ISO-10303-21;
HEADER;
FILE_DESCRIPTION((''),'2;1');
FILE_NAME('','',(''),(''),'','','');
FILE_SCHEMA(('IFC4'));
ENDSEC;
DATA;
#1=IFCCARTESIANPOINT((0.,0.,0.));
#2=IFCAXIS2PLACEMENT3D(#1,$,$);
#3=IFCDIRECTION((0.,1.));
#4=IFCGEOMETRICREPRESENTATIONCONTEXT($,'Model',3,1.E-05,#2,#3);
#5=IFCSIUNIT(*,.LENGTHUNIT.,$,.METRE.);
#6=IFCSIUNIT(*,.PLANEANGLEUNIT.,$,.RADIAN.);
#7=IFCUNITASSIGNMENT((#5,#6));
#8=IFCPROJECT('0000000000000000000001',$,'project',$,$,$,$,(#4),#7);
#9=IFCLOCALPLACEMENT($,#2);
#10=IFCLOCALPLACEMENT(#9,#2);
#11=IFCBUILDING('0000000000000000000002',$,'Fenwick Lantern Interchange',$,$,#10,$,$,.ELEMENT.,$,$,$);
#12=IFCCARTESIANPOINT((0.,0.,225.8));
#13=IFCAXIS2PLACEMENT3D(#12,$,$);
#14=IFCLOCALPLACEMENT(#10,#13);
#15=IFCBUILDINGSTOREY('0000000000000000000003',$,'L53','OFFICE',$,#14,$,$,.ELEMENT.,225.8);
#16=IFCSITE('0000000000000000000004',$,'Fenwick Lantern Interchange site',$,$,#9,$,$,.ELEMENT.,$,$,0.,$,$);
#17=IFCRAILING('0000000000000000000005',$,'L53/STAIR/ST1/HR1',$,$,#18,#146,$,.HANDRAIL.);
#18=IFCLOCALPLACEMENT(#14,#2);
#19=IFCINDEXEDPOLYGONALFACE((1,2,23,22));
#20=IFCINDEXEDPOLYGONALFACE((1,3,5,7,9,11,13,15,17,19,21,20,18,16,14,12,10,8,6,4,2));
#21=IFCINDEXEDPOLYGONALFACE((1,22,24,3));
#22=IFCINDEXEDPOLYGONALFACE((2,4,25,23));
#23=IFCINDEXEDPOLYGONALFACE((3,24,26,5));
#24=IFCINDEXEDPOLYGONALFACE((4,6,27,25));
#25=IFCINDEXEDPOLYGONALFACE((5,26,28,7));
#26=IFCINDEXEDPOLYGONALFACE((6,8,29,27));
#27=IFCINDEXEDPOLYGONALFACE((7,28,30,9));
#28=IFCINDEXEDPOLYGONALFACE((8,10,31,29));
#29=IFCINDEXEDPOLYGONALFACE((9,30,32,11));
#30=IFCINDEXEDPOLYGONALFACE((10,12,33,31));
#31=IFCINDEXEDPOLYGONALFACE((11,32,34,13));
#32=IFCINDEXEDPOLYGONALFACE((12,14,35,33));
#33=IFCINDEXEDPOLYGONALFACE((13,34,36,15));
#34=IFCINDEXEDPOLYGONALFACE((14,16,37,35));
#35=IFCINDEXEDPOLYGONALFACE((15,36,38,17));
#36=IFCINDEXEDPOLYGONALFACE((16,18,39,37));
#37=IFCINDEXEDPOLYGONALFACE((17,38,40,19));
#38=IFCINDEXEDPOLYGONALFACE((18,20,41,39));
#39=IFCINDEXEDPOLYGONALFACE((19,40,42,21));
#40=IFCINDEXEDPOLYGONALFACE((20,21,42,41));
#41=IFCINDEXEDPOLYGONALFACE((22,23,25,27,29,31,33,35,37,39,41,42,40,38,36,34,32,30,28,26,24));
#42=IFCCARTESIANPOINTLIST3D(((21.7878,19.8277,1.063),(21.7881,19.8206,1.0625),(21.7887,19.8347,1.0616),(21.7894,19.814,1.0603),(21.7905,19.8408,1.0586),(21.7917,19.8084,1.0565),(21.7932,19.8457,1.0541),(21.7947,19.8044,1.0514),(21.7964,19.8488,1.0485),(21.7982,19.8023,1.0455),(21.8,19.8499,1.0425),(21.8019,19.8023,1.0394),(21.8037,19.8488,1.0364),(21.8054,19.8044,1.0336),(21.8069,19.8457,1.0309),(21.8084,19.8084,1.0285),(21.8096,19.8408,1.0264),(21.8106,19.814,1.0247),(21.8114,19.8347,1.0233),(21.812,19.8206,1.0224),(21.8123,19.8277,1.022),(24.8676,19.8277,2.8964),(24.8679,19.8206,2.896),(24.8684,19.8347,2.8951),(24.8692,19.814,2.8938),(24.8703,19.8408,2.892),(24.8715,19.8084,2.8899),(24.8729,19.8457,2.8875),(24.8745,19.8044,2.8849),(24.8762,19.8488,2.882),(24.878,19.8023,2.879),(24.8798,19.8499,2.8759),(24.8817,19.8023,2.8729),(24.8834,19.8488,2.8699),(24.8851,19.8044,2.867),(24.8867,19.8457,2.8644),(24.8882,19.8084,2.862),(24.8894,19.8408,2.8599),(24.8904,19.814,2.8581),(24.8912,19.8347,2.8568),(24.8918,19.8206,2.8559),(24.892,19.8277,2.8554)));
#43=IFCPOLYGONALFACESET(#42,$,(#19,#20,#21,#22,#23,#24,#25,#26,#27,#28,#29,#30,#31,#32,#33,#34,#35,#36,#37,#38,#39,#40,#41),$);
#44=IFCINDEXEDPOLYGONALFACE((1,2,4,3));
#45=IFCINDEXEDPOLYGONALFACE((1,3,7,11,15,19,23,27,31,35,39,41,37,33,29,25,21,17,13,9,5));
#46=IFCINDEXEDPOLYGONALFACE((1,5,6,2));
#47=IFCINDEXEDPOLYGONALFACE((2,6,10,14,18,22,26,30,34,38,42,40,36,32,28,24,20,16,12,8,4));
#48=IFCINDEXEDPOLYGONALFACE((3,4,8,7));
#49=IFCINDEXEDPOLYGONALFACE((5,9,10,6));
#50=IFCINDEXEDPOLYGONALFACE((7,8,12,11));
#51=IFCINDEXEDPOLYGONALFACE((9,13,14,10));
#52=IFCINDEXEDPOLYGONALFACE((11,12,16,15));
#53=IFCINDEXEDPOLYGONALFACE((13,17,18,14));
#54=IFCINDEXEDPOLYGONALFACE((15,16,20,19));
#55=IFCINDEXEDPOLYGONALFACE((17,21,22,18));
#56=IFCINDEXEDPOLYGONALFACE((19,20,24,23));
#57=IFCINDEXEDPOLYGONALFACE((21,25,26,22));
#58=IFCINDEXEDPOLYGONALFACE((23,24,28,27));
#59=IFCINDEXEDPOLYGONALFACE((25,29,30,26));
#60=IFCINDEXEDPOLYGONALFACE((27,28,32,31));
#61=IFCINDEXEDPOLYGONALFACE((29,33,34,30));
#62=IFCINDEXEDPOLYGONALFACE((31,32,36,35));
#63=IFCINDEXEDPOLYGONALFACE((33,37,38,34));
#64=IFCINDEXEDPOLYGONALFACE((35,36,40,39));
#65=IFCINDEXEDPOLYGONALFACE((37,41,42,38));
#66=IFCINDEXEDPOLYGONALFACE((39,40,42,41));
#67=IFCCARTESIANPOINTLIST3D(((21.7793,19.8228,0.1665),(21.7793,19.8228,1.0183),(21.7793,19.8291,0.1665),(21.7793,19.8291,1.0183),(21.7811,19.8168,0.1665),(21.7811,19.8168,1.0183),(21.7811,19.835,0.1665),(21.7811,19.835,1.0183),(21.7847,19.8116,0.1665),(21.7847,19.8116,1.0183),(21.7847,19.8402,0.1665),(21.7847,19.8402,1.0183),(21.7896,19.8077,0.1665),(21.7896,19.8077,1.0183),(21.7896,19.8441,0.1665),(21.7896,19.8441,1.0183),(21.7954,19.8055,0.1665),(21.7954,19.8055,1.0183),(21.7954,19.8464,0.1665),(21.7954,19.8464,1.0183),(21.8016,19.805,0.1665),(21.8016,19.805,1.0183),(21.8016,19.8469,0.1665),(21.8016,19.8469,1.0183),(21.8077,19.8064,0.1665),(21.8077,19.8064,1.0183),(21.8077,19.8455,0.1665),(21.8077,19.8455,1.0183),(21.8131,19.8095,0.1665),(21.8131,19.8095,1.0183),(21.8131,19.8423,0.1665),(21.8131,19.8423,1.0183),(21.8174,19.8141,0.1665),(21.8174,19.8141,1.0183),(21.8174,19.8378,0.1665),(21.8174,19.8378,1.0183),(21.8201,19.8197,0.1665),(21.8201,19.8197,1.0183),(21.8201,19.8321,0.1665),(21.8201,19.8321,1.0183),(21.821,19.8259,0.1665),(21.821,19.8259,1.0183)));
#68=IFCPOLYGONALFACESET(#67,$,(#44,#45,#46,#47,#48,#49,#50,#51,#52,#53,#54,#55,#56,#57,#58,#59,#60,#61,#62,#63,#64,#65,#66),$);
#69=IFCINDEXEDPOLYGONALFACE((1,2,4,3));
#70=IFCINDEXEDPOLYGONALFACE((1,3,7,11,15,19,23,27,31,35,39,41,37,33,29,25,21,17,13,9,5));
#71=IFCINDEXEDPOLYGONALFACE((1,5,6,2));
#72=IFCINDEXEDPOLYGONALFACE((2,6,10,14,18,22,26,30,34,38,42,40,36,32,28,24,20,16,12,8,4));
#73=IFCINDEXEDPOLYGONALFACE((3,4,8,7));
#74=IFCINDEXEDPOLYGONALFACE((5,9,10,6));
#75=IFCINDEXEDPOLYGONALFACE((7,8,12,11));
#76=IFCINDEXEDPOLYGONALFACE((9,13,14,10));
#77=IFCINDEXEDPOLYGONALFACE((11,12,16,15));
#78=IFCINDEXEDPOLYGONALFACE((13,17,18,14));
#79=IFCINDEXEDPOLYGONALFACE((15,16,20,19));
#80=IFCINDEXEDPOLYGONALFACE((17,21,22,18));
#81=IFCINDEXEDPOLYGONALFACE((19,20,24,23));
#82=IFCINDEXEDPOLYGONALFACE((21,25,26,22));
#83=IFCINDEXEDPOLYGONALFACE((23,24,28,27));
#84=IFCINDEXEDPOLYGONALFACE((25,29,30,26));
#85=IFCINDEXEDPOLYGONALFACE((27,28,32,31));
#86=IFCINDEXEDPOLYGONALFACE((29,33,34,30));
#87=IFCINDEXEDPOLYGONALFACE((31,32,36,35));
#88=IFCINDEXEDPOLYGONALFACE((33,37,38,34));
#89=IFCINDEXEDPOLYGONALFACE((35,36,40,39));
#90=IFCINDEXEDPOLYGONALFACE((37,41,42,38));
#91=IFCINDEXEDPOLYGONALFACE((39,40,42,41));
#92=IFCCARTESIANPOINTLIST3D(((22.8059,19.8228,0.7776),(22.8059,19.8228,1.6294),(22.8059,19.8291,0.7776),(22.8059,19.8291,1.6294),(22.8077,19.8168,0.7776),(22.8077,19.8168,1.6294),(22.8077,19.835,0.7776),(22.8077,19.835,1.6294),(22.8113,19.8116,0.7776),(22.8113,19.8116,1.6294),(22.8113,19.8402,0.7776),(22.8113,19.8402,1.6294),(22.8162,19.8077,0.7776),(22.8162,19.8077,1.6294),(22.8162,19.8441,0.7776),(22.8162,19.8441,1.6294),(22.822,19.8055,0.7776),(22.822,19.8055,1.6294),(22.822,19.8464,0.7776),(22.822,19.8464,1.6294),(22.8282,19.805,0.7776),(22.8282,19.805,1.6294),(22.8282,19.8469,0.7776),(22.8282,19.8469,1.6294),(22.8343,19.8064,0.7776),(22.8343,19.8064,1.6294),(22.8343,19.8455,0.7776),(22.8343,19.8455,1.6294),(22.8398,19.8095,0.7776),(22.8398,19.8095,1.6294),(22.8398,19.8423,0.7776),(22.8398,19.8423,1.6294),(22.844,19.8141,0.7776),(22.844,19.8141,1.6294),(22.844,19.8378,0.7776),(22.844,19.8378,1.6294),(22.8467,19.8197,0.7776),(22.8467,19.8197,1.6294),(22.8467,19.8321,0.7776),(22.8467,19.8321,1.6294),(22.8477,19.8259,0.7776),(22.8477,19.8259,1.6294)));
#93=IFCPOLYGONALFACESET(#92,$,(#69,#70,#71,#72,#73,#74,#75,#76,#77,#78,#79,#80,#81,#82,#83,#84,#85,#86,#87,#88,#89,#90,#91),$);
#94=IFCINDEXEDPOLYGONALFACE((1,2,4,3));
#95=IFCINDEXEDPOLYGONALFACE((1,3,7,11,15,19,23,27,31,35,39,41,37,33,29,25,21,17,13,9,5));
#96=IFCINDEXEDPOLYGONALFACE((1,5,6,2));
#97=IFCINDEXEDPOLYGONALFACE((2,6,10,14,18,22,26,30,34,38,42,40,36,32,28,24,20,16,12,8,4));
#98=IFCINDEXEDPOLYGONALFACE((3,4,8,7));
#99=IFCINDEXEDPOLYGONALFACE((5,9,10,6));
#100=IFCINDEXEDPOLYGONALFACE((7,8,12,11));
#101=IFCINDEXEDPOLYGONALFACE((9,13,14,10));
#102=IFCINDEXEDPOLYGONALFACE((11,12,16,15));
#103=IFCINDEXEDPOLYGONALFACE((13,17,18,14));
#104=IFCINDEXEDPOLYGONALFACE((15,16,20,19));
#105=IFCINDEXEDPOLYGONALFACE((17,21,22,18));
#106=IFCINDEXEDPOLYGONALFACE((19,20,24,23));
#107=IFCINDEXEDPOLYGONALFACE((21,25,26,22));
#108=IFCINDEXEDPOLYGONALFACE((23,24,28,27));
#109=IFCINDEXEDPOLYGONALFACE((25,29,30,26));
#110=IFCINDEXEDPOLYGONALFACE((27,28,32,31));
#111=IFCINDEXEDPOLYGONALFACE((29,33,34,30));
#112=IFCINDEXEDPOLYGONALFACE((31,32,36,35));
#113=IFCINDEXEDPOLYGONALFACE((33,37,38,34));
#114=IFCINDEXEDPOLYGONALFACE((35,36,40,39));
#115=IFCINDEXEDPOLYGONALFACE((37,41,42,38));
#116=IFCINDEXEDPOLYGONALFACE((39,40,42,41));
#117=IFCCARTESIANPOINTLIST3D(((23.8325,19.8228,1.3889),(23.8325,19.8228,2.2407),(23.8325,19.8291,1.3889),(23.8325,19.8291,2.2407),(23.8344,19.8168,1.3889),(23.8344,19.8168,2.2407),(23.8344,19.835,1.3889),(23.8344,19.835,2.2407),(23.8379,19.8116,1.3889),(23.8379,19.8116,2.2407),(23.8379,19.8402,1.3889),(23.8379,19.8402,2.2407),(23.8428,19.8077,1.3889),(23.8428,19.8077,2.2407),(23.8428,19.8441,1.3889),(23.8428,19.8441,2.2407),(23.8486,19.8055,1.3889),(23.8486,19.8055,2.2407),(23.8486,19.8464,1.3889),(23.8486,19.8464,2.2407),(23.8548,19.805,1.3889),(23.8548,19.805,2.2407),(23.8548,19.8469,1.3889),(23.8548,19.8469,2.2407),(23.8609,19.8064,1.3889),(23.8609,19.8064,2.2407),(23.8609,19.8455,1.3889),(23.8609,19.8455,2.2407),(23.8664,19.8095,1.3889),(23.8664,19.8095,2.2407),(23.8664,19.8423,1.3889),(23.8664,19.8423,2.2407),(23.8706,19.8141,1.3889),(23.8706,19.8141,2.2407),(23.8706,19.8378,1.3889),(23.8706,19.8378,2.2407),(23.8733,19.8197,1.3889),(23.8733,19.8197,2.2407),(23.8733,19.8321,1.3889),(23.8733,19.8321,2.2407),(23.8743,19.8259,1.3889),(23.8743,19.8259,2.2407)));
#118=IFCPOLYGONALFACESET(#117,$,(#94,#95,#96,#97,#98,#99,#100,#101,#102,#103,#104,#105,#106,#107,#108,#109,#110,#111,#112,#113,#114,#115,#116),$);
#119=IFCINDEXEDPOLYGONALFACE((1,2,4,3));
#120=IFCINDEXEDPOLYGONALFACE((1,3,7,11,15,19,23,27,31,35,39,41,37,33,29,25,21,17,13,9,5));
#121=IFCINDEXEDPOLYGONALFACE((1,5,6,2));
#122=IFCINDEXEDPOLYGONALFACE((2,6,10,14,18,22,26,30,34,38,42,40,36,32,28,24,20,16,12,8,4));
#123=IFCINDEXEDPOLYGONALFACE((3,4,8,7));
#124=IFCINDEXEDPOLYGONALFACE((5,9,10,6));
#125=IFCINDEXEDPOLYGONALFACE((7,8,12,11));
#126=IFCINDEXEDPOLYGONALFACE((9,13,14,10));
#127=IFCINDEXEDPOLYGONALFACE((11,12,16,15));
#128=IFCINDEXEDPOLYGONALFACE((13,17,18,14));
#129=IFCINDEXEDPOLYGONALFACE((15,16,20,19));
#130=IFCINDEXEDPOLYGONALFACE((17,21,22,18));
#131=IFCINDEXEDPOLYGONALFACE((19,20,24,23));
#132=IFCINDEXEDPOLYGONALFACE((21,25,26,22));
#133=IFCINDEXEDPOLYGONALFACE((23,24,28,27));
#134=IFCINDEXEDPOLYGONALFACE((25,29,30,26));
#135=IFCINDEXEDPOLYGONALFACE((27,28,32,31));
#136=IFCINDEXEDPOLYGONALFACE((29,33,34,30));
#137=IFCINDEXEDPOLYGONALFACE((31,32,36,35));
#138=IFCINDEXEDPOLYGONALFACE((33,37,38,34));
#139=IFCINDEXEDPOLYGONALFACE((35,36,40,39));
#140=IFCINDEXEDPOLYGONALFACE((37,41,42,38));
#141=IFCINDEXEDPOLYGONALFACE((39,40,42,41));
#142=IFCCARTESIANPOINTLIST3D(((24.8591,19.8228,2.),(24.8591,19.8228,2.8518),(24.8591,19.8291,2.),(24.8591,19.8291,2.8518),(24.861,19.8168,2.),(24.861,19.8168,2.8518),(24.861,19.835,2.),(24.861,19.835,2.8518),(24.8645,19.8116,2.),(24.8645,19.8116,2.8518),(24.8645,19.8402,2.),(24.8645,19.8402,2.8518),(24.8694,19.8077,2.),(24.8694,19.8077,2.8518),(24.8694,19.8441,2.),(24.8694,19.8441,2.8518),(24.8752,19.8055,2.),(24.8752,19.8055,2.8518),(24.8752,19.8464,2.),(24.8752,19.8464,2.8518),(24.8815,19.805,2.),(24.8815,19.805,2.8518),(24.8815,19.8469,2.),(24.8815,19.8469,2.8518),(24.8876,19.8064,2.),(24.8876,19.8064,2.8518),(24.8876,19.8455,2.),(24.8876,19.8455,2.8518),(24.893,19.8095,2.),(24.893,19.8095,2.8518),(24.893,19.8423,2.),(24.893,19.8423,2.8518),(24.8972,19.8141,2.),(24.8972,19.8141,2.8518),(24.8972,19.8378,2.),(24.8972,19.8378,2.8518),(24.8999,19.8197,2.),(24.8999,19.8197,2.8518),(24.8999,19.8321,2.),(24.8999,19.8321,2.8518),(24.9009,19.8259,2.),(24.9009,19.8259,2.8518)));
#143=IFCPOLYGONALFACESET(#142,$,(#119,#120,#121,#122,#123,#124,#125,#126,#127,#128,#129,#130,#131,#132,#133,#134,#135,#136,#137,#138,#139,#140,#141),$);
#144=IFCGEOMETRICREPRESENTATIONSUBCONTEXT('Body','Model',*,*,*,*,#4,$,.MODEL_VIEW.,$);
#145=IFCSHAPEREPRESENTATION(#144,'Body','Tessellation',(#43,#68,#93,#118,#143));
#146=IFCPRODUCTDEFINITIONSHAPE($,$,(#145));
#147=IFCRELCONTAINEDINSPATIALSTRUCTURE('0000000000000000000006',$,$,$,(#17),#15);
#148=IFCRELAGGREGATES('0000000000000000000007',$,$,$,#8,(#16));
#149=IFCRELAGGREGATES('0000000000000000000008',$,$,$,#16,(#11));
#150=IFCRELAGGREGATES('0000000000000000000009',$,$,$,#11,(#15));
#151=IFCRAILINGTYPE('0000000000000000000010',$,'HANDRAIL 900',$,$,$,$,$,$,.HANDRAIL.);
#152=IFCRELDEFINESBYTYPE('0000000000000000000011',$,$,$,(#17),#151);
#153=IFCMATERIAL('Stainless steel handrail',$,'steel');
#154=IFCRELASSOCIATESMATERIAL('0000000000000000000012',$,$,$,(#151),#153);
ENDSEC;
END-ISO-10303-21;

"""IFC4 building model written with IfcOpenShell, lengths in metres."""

from ifc_helpers import new_model, si_unit, direction, frame, origin, origin_2d, place, context, subcontext, project, spatial, circle, extrude, material, type_object, element, save


model = new_model("IFC4")

# Units and contexts
model_context = context("Model", 3, precision=1e-05, world=origin(), true_north=direction((0.0, 1.0)))
body_context = subcontext(model_context, "Body", "Model", "MODEL_VIEW")
ifc_project = project(units=[si_unit("LENGTHUNIT", "METRE"), si_unit("PLANEANGLEUNIT", "RADIAN")], contexts=[model_context])

# Site, building, storey
site_placement = place(None, origin())
site = spatial("IfcSite", under=ifc_project, at=site_placement, Name="Fenwick Lantern Interchange site", CompositionType="ELEMENT", RefElevation=0.0)
building_placement = place(site_placement, origin())
building = spatial("IfcBuilding", under=site, at=building_placement, Name="Fenwick Lantern Interchange", CompositionType="ELEMENT")
storey_placement = place(building_placement, frame((0.0, 0.0, 225.8)))
storey = spatial("IfcBuildingStorey", under=building, at=storey_placement, Name="L53", Description="OFFICE", CompositionType="ELEMENT", Elevation=225.8)

# Railing
ifc_material_1 = material(Name="Stainless steel handrail", Category="steel")
railing_type = type_object("IfcRailingType", Name="HANDRAIL 900", PredefinedType="HANDRAIL", material=ifc_material_1)
railing_1_placement = place(storey_placement, frame((21.8, 19.8259, 0.1665)))
element("IfcRailing", 1, at=railing_1_placement, inside=storey, type_object=railing_type, Name="L53/STAIR/ST1/HR1", PredefinedType="HANDRAIL", context=body_context, shape_type="SweptSolid", body=[
    extrude(circle(Radius=0.0239, at=origin_2d()), frame((0.0, 0.0, 0.876), z_axis=(0.859261, 0.0, 0.511538), x_axis=(0.0, 1.0, 0.0)), (0.0, 0.0, 1.0), 3.5842),
    extrude(circle(Radius=0.021, at=origin_2d()), origin(), (0.0, 0.0, 1.0), 0.8518),
    extrude(circle(Radius=0.021, at=origin_2d()), frame((1.0266, 0.0, 0.6111)), (0.0, 0.0, 1.0), 0.8518),
    extrude(circle(Radius=0.021, at=origin_2d()), frame((2.0532, 0.0, 1.2224)), (0.0, 0.0, 1.0), 0.8518),
    extrude(circle(Radius=0.021, at=origin_2d()), frame((3.0798, 0.0, 1.8335)), (0.0, 0.0, 1.0), 0.8518),
])

save(model, "model.ifc")
